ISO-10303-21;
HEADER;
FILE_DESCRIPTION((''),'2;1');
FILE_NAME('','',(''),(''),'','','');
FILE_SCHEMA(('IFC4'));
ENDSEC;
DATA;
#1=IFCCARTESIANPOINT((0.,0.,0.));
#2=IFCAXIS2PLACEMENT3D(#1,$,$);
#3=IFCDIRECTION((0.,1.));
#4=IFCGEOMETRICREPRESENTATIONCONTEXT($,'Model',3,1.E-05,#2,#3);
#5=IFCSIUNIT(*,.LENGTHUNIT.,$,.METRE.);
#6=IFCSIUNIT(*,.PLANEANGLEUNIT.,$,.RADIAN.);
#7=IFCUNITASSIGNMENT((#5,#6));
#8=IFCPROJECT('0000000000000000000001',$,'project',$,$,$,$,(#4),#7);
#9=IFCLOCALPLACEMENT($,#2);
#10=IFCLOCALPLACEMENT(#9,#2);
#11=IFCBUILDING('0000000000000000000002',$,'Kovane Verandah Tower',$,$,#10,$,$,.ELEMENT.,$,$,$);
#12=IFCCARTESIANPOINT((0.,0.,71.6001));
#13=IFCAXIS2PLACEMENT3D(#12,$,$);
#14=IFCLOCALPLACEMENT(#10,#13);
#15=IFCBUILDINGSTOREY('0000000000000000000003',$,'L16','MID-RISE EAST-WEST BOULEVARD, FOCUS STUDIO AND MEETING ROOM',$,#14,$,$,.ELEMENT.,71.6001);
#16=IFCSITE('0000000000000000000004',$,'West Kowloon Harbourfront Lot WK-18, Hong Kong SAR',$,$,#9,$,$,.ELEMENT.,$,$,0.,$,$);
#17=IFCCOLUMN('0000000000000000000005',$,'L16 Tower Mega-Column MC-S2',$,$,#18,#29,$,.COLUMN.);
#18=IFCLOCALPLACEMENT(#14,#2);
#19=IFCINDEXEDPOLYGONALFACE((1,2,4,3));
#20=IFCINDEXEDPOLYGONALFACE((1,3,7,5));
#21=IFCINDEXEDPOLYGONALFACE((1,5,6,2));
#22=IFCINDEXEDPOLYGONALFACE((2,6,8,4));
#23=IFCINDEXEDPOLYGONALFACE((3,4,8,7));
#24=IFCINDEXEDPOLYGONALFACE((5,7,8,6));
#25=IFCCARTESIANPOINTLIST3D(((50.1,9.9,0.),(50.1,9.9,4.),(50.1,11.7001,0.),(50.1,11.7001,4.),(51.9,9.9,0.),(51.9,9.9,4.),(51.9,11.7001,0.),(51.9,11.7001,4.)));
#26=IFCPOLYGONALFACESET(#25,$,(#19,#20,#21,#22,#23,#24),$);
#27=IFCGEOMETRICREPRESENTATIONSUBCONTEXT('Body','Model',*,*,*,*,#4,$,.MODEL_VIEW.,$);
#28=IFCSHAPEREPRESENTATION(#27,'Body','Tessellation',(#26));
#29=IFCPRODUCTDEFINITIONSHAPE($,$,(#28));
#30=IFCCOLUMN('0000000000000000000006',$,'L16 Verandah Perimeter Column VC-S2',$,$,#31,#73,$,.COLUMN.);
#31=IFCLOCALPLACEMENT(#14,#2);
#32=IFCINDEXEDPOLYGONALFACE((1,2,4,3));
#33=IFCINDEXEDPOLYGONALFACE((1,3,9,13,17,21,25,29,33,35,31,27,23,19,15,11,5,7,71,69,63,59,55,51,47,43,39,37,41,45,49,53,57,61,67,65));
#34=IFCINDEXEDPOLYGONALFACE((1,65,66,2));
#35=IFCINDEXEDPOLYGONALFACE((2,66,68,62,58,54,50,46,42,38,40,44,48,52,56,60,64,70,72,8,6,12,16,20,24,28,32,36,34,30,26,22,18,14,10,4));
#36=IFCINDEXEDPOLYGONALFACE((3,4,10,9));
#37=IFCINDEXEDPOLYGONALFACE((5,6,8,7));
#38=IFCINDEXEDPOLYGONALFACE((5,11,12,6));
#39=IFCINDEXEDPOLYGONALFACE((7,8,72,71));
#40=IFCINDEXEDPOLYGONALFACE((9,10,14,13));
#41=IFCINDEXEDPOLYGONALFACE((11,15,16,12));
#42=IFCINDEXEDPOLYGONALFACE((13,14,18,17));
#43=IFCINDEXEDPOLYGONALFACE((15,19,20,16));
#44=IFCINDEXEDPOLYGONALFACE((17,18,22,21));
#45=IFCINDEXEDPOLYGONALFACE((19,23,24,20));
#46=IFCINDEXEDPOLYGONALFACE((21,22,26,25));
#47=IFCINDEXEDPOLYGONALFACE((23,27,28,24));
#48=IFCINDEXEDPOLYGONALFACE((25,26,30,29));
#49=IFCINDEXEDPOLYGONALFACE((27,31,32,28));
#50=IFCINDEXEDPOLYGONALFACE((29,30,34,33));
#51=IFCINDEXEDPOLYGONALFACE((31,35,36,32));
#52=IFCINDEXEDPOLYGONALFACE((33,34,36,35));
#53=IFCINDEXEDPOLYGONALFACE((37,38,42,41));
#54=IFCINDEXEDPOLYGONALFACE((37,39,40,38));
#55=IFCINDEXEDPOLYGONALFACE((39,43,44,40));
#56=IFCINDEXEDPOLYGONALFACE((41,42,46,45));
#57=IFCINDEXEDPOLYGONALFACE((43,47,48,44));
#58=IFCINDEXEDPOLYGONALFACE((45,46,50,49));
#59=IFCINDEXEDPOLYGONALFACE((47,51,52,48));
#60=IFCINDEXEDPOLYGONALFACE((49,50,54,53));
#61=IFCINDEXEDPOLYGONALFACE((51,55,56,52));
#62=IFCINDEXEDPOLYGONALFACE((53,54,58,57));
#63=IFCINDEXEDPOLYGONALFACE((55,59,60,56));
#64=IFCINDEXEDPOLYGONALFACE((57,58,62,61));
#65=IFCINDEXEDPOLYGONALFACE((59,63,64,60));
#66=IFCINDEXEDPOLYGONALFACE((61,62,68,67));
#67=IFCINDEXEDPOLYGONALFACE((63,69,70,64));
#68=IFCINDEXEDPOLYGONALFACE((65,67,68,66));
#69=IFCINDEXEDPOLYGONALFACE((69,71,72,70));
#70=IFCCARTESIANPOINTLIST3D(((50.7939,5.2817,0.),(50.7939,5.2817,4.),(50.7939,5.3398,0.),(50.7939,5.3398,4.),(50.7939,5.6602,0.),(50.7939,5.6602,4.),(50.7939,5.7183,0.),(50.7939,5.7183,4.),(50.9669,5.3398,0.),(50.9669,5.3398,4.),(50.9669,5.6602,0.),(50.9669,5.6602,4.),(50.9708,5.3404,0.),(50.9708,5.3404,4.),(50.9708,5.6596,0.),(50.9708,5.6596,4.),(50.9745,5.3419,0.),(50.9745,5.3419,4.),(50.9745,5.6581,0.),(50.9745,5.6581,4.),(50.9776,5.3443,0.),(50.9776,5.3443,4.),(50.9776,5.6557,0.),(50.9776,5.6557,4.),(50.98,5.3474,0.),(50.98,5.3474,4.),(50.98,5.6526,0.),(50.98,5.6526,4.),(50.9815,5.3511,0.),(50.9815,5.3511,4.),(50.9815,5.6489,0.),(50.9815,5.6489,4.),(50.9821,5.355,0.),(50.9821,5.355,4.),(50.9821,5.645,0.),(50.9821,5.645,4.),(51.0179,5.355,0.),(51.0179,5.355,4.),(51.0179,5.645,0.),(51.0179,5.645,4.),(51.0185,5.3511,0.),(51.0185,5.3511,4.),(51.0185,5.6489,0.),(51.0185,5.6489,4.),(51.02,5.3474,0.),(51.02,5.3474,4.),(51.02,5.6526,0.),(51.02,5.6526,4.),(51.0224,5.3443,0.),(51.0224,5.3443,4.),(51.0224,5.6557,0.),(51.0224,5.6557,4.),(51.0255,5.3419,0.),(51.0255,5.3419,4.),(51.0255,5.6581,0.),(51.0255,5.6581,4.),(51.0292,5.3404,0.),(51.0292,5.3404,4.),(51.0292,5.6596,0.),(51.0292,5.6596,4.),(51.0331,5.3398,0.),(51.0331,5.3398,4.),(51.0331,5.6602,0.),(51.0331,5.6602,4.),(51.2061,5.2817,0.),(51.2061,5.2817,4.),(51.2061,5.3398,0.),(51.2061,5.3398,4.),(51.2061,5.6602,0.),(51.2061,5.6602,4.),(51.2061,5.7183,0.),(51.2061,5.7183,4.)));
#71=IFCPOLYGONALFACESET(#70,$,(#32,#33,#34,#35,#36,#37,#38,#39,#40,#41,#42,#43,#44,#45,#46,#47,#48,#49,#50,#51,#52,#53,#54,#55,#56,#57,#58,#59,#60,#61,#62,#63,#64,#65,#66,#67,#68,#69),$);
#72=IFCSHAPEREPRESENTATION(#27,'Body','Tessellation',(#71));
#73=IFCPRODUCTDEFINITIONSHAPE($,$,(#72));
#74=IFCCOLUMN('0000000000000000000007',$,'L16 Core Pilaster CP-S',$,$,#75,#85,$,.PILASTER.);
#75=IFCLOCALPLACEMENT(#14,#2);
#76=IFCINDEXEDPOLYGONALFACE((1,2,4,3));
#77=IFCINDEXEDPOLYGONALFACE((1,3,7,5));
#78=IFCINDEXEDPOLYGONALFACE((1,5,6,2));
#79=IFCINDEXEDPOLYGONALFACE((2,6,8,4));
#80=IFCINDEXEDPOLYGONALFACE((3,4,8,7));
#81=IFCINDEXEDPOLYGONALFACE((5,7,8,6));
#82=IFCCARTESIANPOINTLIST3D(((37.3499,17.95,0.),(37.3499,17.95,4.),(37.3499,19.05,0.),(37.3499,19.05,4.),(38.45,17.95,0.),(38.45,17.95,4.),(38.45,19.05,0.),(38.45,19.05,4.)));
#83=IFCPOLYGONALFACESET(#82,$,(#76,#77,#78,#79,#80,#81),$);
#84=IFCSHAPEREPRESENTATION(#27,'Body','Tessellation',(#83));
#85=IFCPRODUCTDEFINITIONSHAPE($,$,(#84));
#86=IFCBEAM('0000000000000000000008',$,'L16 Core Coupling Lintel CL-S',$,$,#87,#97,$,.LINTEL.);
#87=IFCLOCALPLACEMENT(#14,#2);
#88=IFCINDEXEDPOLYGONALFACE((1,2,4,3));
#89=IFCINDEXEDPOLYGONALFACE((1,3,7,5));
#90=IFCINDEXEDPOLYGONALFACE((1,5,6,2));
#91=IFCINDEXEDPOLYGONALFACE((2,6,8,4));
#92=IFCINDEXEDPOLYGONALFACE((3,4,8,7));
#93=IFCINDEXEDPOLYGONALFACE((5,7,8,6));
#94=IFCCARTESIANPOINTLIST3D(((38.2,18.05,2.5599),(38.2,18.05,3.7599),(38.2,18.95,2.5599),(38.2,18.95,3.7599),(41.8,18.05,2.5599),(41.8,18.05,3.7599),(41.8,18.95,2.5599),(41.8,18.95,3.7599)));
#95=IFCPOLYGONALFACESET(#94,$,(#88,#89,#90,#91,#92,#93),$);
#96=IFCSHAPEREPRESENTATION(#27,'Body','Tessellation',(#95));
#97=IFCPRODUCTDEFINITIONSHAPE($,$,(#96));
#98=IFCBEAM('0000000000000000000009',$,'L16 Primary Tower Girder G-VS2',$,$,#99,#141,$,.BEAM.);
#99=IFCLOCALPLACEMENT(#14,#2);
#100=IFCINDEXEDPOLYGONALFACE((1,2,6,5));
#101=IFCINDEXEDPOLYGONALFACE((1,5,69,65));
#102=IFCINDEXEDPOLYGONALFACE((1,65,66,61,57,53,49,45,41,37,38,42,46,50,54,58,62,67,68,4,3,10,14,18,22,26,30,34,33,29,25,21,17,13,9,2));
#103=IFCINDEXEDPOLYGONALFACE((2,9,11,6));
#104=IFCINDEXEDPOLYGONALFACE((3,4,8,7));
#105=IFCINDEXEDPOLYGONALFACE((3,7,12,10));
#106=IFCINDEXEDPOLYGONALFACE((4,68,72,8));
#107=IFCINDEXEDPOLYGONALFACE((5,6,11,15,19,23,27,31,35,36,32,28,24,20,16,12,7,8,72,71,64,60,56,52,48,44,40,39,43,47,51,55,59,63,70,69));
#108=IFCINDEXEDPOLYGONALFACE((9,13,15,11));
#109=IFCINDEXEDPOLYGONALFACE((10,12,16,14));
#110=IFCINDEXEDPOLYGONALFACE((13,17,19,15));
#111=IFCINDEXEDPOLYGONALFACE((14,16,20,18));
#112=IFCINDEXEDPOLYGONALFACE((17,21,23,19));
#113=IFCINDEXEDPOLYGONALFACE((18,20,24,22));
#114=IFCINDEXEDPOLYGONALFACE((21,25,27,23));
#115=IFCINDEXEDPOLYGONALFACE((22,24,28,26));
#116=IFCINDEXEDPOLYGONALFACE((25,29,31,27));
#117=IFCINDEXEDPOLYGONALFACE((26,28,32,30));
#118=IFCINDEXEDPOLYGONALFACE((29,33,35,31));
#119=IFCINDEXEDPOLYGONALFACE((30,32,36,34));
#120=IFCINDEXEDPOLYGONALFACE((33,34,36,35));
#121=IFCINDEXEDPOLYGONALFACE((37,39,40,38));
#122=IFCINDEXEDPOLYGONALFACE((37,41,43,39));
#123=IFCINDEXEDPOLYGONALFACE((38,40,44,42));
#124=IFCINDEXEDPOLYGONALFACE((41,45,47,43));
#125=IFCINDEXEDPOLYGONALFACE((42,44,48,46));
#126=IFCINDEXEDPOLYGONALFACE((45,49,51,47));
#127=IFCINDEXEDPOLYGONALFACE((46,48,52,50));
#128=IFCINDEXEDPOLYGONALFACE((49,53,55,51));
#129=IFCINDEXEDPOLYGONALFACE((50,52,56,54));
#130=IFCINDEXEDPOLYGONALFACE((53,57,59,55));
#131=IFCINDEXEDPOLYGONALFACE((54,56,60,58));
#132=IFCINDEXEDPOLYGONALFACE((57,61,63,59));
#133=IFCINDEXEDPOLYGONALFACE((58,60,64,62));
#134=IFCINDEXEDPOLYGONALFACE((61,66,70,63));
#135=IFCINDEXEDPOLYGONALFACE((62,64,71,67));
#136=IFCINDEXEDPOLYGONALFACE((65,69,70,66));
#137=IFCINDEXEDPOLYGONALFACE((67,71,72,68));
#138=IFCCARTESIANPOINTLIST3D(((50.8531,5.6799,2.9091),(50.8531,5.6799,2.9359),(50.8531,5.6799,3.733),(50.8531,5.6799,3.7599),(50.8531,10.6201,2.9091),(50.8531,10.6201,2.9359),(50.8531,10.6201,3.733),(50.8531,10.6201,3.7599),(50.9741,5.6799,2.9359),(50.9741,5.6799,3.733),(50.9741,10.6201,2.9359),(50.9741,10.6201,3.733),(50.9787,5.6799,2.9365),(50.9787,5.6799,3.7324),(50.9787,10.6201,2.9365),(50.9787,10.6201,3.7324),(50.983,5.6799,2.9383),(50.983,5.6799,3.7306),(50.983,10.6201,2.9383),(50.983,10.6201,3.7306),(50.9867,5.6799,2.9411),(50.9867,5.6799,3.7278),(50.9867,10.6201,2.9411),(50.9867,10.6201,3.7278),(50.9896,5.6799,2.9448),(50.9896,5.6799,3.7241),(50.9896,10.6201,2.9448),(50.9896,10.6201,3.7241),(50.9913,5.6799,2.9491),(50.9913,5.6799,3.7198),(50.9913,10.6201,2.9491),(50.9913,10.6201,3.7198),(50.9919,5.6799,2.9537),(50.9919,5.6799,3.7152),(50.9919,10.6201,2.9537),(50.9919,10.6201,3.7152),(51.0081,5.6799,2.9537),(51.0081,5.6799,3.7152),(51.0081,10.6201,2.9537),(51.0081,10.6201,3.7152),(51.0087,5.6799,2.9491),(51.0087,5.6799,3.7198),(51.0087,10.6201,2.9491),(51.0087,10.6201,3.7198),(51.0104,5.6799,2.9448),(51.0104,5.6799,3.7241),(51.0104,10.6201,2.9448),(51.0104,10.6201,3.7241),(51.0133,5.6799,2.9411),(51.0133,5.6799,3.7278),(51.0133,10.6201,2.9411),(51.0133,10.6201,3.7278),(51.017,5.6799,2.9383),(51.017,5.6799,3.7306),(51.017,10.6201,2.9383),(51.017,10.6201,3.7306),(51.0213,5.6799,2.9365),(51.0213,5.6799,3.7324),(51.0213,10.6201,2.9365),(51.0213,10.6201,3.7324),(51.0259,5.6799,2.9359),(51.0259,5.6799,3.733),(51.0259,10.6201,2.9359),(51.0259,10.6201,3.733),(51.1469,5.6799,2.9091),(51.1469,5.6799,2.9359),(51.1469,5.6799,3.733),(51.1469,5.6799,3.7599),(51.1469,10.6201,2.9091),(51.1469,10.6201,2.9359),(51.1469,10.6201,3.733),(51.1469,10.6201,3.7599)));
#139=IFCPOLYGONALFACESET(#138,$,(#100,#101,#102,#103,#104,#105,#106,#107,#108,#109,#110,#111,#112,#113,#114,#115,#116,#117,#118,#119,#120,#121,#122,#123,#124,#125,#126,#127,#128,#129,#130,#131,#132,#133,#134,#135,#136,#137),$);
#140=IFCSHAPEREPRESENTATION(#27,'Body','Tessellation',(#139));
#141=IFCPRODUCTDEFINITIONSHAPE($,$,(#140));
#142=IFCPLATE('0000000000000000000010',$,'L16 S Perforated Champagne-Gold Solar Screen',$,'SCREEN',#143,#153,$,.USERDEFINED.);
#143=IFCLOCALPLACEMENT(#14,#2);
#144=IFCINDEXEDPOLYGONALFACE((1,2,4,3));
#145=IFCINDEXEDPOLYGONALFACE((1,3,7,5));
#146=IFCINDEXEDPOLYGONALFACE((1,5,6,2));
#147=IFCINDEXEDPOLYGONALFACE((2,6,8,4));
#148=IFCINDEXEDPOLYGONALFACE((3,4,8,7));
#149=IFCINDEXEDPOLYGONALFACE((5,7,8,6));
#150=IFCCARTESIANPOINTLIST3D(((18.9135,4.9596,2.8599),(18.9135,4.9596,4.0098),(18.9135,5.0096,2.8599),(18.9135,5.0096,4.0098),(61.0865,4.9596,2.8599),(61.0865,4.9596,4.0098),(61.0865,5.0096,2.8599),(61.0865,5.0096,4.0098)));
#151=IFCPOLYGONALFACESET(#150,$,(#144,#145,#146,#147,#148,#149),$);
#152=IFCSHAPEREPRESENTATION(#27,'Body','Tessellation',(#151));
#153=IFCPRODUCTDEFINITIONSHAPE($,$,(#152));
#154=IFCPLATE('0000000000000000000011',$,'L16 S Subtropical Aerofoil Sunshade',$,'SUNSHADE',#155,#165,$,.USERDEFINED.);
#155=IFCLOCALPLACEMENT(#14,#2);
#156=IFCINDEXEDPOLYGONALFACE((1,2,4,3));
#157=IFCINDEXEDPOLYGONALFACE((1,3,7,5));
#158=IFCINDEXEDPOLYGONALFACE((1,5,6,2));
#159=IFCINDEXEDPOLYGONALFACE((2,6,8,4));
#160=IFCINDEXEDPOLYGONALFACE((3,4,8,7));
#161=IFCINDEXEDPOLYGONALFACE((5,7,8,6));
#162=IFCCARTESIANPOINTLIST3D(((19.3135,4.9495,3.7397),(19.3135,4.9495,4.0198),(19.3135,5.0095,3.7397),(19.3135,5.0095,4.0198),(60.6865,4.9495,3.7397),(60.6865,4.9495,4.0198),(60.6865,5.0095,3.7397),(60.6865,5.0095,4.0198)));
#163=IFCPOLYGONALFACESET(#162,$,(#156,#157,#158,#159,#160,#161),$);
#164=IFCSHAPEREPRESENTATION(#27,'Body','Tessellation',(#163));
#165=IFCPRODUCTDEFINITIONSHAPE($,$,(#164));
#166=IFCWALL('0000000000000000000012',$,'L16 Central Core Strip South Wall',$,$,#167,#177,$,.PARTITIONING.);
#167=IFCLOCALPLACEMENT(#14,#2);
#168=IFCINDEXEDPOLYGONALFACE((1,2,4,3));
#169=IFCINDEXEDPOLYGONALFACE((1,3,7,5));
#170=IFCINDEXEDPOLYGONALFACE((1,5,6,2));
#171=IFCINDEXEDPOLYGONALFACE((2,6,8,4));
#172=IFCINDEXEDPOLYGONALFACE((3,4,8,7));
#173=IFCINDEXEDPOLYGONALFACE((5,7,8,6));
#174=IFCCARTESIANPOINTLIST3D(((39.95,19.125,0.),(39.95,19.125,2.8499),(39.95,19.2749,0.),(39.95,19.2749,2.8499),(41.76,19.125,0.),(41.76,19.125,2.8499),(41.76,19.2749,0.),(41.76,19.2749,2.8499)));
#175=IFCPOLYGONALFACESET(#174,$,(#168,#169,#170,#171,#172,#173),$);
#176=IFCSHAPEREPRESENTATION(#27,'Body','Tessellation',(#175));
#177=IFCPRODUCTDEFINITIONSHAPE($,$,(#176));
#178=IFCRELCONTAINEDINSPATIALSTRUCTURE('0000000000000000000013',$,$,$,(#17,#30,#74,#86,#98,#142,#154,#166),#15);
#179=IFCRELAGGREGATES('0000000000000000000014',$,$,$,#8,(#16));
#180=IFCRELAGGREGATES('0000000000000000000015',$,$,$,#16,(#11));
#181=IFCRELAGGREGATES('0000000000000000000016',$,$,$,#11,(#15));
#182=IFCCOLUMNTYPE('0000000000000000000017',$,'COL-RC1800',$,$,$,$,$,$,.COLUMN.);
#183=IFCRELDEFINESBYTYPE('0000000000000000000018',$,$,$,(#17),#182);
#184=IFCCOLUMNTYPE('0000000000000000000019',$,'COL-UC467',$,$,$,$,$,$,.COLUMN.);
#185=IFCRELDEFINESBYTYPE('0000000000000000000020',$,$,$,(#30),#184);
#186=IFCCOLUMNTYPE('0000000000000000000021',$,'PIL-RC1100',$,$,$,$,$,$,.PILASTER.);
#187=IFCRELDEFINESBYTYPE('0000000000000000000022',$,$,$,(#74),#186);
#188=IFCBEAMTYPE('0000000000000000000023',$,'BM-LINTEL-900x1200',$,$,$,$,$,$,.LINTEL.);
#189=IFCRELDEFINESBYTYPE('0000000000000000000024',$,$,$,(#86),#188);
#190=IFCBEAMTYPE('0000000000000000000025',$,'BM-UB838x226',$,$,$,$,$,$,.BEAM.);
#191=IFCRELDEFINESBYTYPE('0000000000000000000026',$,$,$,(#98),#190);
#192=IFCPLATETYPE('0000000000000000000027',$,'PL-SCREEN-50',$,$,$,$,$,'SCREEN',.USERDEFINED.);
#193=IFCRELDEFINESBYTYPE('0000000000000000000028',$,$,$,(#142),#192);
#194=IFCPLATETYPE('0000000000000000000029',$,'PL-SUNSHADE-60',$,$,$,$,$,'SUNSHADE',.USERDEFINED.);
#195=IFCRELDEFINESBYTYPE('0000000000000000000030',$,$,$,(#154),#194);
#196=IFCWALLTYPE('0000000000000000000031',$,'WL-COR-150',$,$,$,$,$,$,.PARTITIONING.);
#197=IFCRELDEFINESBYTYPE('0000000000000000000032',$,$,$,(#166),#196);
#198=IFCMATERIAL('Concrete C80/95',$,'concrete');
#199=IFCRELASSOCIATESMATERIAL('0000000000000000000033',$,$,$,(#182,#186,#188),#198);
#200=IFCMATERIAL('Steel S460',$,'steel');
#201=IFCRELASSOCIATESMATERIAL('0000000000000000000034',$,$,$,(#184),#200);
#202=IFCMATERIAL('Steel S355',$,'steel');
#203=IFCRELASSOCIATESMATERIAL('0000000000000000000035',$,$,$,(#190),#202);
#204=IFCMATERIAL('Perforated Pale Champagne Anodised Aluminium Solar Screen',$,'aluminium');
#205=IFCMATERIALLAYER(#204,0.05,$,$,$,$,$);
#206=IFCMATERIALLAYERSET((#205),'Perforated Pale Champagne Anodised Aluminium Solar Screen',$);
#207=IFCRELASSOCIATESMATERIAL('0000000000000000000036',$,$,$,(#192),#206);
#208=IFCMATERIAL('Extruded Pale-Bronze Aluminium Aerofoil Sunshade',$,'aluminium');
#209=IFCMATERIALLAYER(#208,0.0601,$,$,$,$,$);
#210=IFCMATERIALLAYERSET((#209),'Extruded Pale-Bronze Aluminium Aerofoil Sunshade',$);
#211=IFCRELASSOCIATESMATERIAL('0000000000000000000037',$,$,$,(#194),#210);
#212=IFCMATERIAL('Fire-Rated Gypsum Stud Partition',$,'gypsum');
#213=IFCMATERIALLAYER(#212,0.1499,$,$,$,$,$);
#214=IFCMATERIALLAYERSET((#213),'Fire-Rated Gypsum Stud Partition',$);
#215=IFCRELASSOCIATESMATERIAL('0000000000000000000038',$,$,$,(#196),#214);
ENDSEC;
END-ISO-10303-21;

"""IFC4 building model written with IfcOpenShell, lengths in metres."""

from ifc_helpers import new_model, si_unit, direction, frame, frame_2d, origin, origin_2d, place, context, subcontext, project, spatial, rectangle, i_section, extrude, material, layer, layer_set, material_profile, profile_set, type_object, element, save


model = new_model("IFC4")

# Units and contexts
model_context = context("Model", 3, precision=1e-05, world=origin(), true_north=direction((0.0, 1.0)))
body_context = subcontext(model_context, "Body", "Model", "MODEL_VIEW")
ifc_project = project(units=[si_unit("LENGTHUNIT", "METRE"), si_unit("PLANEANGLEUNIT", "RADIAN")], contexts=[model_context])

# Site, building, storey
site_placement = place(None, origin())
site = spatial("IfcSite", under=ifc_project, at=site_placement, Name="West Kowloon Harbourfront Lot WK-18, Hong Kong SAR", CompositionType="ELEMENT", RefElevation=0.0)
building_placement = place(site_placement, origin())
building = spatial("IfcBuilding", under=site, at=building_placement, Name="Kovane Verandah Tower", CompositionType="ELEMENT")
storey_placement = place(building_placement, frame((0.0, 0.0, 71.6001)))
storey = spatial("IfcBuildingStorey", under=building, at=storey_placement, Name="L16", Description="MID-RISE EAST-WEST BOULEVARD, FOCUS STUDIO AND MEETING ROOM", CompositionType="ELEMENT", Elevation=71.6001)

# Columns
ifc_material_1 = material(Name="Concrete C80/95", Category="concrete")
ifc_material_profile_1 = material_profile(ifc_material_1, rectangle(XDim=1.8, YDim=1.8, at=origin_2d()), Name="RC1800x1800")
ifc_profile_set_1 = profile_set([ifc_material_profile_1], Name="Concrete C80/95")
column_type_1 = type_object("IfcColumnType", Name="COL-RC1800", PredefinedType="COLUMN", material=ifc_profile_set_1)
column_1_placement = place(storey_placement, frame((51.0, 10.8, 0.0), z_axis=(0.0, 0.0, 1.0), x_axis=(1.0, 0.0, 0.0)))
element("IfcColumn", 1, at=column_1_placement, inside=storey, type_object=column_type_1, Name="L16 Tower Mega-Column MC-S2", PredefinedType="COLUMN", context=body_context, shape_type="SweptSolid", body=[
    extrude(rectangle(XDim=1.8, YDim=1.8, at=origin_2d()), origin(), (0.0, 0.0, 1.0), 4.0),
])
ifc_material_2 = material(Name="Steel S460", Category="steel")
ifc_material_profile_2 = material_profile(ifc_material_2, i_section(OverallWidth=0.4121, OverallDepth=0.4365, WebThickness=0.0359, FlangeThickness=0.0581, FilletRadius=0.0151, at=origin_2d()), Name="UC356x406x467")
ifc_profile_set_2 = profile_set([ifc_material_profile_2], Name="Steel S460")
column_type_2 = type_object("IfcColumnType", Name="COL-UC467", PredefinedType="COLUMN", material=ifc_profile_set_2)
column_2_placement = place(storey_placement, frame((51.0, 5.5, 0.0), z_axis=(0.0, 0.0, 1.0), x_axis=(1.0, 0.0, 0.0)))
element("IfcColumn", 2, at=column_2_placement, inside=storey, type_object=column_type_2, Name="L16 Verandah Perimeter Column VC-S2", PredefinedType="COLUMN", context=body_context, shape_type="SweptSolid", body=[
    extrude(i_section(OverallWidth=0.4121, OverallDepth=0.4365, WebThickness=0.0359, FlangeThickness=0.0581, FilletRadius=0.0151, at=origin_2d()), origin(), (0.0, 0.0, 1.0), 4.0),
])
ifc_material_profile_3 = material_profile(ifc_material_1, rectangle(XDim=1.1001, YDim=1.1001, at=origin_2d()), Name="RC1100x1100")
ifc_profile_set_3 = profile_set([ifc_material_profile_3], Name="Concrete C80/95")
column_type_3 = type_object("IfcColumnType", Name="PIL-RC1100", PredefinedType="PILASTER", material=ifc_profile_set_3)
column_3_placement = place(storey_placement, frame((37.8999, 18.5, 0.0), z_axis=(0.0, 0.0, 1.0), x_axis=(1.0, 0.0, 0.0)))
element("IfcColumn", 3, at=column_3_placement, inside=storey, type_object=column_type_3, Name="L16 Core Pilaster CP-S", PredefinedType="PILASTER", context=body_context, shape_type="SweptSolid", body=[
    extrude(rectangle(XDim=1.1001, YDim=1.1001, at=origin_2d()), origin(), (0.0, 0.0, 1.0), 4.0),
])

# Beams
ifc_material_profile_4 = material_profile(ifc_material_1, rectangle(XDim=0.8999, YDim=1.2, at=origin_2d()), Name="RCB900x1200")
ifc_profile_set_4 = profile_set([ifc_material_profile_4], Name="Concrete C80/95")
beam_type_1 = type_object("IfcBeamType", Name="BM-LINTEL-900x1200", PredefinedType="LINTEL", material=ifc_profile_set_4)
beam_1_placement = place(storey_placement, frame((38.2, 18.5, 3.1599), z_axis=(1.0, 0.0, 0.0), x_axis=(0.0, 1.0, 0.0)))
element("IfcBeam", 4, at=beam_1_placement, inside=storey, type_object=beam_type_1, Name="L16 Core Coupling Lintel CL-S", PredefinedType="LINTEL", context=body_context, shape_type="SweptSolid", body=[
    extrude(rectangle(XDim=0.8999, YDim=1.2, at=origin_2d()), origin(), (0.0, 0.0, 1.0), 3.6001),
])
ifc_material_3 = material(Name="Steel S355", Category="steel")
ifc_material_profile_5 = material_profile(ifc_material_3, i_section(OverallWidth=0.2937, OverallDepth=0.8508, WebThickness=0.0161, FlangeThickness=0.0269, FilletRadius=0.0178, at=origin_2d()), Name="UB838x292x226")
ifc_profile_set_5 = profile_set([ifc_material_profile_5], Name="Steel S355")
beam_type_2 = type_object("IfcBeamType", Name="BM-UB838x226", PredefinedType="BEAM", material=ifc_profile_set_5)
beam_2_placement = place(storey_placement, frame((51.0, 10.6201, 3.3345), z_axis=(0.0, -1.0, 0.0), x_axis=(1.0, 0.0, 0.0)))
element("IfcBeam", 5, at=beam_2_placement, inside=storey, type_object=beam_type_2, Name="L16 Primary Tower Girder G-VS2", PredefinedType="BEAM", context=body_context, shape_type="SweptSolid", body=[
    extrude(i_section(OverallWidth=0.2937, OverallDepth=0.8508, WebThickness=0.0161, FlangeThickness=0.0269, FilletRadius=0.0178, at=origin_2d()), origin(), (0.0, 0.0, 1.0), 4.9402),
])

# Plates
ifc_material_4 = material(Name="Perforated Pale Champagne Anodised Aluminium Solar Screen", Category="aluminium")
ifc_layer_1 = layer(ifc_material_4, 0.05)
ifc_layer_set_1 = layer_set([ifc_layer_1], Name="Perforated Pale Champagne Anodised Aluminium Solar Screen")
plate_type_1 = type_object("IfcPlateType", Name="PL-SCREEN-50", ElementType="SCREEN", PredefinedType="USERDEFINED", material=ifc_layer_set_1)
plate_1_placement = place(storey_placement, frame((40.0, 4.9846, 2.8599), z_axis=(0.0, 0.0, 1.0), x_axis=(1.0, 0.0, 0.0)))
element("IfcPlate", 6, at=plate_1_placement, inside=storey, type_object=plate_type_1, Name="L16 S Perforated Champagne-Gold Solar Screen", ObjectType="SCREEN", PredefinedType="USERDEFINED", context=body_context, shape_type="SweptSolid", body=[
    extrude(rectangle(XDim=42.1731, YDim=0.05, at=origin_2d()), origin(), (0.0, 0.0, 1.0), 1.1499),
])
ifc_material_5 = material(Name="Extruded Pale-Bronze Aluminium Aerofoil Sunshade", Category="aluminium")
ifc_layer_2 = layer(ifc_material_5, 0.0601)
ifc_layer_set_2 = layer_set([ifc_layer_2], Name="Extruded Pale-Bronze Aluminium Aerofoil Sunshade")
plate_type_2 = type_object("IfcPlateType", Name="PL-SUNSHADE-60", ElementType="SUNSHADE", PredefinedType="USERDEFINED", material=ifc_layer_set_2)
plate_2_placement = place(storey_placement, frame((40.0, 4.9795, 3.7397), z_axis=(0.0, 0.0, 1.0), x_axis=(1.0, 0.0, 0.0)))
element("IfcPlate", 7, at=plate_2_placement, inside=storey, type_object=plate_type_2, Name="L16 S Subtropical Aerofoil Sunshade", ObjectType="SUNSHADE", PredefinedType="USERDEFINED", context=body_context, shape_type="SweptSolid", body=[
    extrude(rectangle(XDim=41.373, YDim=0.0601, at=origin_2d()), origin(), (0.0, 0.0, 1.0), 0.28),
])

# Wall
ifc_material_6 = material(Name="Fire-Rated Gypsum Stud Partition", Category="gypsum")
ifc_layer_3 = layer(ifc_material_6, 0.1499)
ifc_layer_set_3 = layer_set([ifc_layer_3], Name="Fire-Rated Gypsum Stud Partition")
wall_type_1 = type_object("IfcWallType", Name="WL-COR-150", PredefinedType="PARTITIONING", material=ifc_layer_set_3)
wall_1_placement = place(storey_placement, frame((39.95, 19.2, 0.0), z_axis=(0.0, 0.0, 1.0), x_axis=(1.0, 0.0, 0.0)))
element("IfcWall", 8, at=wall_1_placement, inside=storey, type_object=wall_type_1, Name="L16 Central Core Strip South Wall", PredefinedType="PARTITIONING", context=body_context, shape_type="SweptSolid", body=[
    extrude(rectangle(XDim=1.8101, YDim=0.1499, at=frame_2d((0.905, 0.0))), origin(), (0.0, 0.0, 1.0), 2.8499),
])

save(model, "model.ifc")
